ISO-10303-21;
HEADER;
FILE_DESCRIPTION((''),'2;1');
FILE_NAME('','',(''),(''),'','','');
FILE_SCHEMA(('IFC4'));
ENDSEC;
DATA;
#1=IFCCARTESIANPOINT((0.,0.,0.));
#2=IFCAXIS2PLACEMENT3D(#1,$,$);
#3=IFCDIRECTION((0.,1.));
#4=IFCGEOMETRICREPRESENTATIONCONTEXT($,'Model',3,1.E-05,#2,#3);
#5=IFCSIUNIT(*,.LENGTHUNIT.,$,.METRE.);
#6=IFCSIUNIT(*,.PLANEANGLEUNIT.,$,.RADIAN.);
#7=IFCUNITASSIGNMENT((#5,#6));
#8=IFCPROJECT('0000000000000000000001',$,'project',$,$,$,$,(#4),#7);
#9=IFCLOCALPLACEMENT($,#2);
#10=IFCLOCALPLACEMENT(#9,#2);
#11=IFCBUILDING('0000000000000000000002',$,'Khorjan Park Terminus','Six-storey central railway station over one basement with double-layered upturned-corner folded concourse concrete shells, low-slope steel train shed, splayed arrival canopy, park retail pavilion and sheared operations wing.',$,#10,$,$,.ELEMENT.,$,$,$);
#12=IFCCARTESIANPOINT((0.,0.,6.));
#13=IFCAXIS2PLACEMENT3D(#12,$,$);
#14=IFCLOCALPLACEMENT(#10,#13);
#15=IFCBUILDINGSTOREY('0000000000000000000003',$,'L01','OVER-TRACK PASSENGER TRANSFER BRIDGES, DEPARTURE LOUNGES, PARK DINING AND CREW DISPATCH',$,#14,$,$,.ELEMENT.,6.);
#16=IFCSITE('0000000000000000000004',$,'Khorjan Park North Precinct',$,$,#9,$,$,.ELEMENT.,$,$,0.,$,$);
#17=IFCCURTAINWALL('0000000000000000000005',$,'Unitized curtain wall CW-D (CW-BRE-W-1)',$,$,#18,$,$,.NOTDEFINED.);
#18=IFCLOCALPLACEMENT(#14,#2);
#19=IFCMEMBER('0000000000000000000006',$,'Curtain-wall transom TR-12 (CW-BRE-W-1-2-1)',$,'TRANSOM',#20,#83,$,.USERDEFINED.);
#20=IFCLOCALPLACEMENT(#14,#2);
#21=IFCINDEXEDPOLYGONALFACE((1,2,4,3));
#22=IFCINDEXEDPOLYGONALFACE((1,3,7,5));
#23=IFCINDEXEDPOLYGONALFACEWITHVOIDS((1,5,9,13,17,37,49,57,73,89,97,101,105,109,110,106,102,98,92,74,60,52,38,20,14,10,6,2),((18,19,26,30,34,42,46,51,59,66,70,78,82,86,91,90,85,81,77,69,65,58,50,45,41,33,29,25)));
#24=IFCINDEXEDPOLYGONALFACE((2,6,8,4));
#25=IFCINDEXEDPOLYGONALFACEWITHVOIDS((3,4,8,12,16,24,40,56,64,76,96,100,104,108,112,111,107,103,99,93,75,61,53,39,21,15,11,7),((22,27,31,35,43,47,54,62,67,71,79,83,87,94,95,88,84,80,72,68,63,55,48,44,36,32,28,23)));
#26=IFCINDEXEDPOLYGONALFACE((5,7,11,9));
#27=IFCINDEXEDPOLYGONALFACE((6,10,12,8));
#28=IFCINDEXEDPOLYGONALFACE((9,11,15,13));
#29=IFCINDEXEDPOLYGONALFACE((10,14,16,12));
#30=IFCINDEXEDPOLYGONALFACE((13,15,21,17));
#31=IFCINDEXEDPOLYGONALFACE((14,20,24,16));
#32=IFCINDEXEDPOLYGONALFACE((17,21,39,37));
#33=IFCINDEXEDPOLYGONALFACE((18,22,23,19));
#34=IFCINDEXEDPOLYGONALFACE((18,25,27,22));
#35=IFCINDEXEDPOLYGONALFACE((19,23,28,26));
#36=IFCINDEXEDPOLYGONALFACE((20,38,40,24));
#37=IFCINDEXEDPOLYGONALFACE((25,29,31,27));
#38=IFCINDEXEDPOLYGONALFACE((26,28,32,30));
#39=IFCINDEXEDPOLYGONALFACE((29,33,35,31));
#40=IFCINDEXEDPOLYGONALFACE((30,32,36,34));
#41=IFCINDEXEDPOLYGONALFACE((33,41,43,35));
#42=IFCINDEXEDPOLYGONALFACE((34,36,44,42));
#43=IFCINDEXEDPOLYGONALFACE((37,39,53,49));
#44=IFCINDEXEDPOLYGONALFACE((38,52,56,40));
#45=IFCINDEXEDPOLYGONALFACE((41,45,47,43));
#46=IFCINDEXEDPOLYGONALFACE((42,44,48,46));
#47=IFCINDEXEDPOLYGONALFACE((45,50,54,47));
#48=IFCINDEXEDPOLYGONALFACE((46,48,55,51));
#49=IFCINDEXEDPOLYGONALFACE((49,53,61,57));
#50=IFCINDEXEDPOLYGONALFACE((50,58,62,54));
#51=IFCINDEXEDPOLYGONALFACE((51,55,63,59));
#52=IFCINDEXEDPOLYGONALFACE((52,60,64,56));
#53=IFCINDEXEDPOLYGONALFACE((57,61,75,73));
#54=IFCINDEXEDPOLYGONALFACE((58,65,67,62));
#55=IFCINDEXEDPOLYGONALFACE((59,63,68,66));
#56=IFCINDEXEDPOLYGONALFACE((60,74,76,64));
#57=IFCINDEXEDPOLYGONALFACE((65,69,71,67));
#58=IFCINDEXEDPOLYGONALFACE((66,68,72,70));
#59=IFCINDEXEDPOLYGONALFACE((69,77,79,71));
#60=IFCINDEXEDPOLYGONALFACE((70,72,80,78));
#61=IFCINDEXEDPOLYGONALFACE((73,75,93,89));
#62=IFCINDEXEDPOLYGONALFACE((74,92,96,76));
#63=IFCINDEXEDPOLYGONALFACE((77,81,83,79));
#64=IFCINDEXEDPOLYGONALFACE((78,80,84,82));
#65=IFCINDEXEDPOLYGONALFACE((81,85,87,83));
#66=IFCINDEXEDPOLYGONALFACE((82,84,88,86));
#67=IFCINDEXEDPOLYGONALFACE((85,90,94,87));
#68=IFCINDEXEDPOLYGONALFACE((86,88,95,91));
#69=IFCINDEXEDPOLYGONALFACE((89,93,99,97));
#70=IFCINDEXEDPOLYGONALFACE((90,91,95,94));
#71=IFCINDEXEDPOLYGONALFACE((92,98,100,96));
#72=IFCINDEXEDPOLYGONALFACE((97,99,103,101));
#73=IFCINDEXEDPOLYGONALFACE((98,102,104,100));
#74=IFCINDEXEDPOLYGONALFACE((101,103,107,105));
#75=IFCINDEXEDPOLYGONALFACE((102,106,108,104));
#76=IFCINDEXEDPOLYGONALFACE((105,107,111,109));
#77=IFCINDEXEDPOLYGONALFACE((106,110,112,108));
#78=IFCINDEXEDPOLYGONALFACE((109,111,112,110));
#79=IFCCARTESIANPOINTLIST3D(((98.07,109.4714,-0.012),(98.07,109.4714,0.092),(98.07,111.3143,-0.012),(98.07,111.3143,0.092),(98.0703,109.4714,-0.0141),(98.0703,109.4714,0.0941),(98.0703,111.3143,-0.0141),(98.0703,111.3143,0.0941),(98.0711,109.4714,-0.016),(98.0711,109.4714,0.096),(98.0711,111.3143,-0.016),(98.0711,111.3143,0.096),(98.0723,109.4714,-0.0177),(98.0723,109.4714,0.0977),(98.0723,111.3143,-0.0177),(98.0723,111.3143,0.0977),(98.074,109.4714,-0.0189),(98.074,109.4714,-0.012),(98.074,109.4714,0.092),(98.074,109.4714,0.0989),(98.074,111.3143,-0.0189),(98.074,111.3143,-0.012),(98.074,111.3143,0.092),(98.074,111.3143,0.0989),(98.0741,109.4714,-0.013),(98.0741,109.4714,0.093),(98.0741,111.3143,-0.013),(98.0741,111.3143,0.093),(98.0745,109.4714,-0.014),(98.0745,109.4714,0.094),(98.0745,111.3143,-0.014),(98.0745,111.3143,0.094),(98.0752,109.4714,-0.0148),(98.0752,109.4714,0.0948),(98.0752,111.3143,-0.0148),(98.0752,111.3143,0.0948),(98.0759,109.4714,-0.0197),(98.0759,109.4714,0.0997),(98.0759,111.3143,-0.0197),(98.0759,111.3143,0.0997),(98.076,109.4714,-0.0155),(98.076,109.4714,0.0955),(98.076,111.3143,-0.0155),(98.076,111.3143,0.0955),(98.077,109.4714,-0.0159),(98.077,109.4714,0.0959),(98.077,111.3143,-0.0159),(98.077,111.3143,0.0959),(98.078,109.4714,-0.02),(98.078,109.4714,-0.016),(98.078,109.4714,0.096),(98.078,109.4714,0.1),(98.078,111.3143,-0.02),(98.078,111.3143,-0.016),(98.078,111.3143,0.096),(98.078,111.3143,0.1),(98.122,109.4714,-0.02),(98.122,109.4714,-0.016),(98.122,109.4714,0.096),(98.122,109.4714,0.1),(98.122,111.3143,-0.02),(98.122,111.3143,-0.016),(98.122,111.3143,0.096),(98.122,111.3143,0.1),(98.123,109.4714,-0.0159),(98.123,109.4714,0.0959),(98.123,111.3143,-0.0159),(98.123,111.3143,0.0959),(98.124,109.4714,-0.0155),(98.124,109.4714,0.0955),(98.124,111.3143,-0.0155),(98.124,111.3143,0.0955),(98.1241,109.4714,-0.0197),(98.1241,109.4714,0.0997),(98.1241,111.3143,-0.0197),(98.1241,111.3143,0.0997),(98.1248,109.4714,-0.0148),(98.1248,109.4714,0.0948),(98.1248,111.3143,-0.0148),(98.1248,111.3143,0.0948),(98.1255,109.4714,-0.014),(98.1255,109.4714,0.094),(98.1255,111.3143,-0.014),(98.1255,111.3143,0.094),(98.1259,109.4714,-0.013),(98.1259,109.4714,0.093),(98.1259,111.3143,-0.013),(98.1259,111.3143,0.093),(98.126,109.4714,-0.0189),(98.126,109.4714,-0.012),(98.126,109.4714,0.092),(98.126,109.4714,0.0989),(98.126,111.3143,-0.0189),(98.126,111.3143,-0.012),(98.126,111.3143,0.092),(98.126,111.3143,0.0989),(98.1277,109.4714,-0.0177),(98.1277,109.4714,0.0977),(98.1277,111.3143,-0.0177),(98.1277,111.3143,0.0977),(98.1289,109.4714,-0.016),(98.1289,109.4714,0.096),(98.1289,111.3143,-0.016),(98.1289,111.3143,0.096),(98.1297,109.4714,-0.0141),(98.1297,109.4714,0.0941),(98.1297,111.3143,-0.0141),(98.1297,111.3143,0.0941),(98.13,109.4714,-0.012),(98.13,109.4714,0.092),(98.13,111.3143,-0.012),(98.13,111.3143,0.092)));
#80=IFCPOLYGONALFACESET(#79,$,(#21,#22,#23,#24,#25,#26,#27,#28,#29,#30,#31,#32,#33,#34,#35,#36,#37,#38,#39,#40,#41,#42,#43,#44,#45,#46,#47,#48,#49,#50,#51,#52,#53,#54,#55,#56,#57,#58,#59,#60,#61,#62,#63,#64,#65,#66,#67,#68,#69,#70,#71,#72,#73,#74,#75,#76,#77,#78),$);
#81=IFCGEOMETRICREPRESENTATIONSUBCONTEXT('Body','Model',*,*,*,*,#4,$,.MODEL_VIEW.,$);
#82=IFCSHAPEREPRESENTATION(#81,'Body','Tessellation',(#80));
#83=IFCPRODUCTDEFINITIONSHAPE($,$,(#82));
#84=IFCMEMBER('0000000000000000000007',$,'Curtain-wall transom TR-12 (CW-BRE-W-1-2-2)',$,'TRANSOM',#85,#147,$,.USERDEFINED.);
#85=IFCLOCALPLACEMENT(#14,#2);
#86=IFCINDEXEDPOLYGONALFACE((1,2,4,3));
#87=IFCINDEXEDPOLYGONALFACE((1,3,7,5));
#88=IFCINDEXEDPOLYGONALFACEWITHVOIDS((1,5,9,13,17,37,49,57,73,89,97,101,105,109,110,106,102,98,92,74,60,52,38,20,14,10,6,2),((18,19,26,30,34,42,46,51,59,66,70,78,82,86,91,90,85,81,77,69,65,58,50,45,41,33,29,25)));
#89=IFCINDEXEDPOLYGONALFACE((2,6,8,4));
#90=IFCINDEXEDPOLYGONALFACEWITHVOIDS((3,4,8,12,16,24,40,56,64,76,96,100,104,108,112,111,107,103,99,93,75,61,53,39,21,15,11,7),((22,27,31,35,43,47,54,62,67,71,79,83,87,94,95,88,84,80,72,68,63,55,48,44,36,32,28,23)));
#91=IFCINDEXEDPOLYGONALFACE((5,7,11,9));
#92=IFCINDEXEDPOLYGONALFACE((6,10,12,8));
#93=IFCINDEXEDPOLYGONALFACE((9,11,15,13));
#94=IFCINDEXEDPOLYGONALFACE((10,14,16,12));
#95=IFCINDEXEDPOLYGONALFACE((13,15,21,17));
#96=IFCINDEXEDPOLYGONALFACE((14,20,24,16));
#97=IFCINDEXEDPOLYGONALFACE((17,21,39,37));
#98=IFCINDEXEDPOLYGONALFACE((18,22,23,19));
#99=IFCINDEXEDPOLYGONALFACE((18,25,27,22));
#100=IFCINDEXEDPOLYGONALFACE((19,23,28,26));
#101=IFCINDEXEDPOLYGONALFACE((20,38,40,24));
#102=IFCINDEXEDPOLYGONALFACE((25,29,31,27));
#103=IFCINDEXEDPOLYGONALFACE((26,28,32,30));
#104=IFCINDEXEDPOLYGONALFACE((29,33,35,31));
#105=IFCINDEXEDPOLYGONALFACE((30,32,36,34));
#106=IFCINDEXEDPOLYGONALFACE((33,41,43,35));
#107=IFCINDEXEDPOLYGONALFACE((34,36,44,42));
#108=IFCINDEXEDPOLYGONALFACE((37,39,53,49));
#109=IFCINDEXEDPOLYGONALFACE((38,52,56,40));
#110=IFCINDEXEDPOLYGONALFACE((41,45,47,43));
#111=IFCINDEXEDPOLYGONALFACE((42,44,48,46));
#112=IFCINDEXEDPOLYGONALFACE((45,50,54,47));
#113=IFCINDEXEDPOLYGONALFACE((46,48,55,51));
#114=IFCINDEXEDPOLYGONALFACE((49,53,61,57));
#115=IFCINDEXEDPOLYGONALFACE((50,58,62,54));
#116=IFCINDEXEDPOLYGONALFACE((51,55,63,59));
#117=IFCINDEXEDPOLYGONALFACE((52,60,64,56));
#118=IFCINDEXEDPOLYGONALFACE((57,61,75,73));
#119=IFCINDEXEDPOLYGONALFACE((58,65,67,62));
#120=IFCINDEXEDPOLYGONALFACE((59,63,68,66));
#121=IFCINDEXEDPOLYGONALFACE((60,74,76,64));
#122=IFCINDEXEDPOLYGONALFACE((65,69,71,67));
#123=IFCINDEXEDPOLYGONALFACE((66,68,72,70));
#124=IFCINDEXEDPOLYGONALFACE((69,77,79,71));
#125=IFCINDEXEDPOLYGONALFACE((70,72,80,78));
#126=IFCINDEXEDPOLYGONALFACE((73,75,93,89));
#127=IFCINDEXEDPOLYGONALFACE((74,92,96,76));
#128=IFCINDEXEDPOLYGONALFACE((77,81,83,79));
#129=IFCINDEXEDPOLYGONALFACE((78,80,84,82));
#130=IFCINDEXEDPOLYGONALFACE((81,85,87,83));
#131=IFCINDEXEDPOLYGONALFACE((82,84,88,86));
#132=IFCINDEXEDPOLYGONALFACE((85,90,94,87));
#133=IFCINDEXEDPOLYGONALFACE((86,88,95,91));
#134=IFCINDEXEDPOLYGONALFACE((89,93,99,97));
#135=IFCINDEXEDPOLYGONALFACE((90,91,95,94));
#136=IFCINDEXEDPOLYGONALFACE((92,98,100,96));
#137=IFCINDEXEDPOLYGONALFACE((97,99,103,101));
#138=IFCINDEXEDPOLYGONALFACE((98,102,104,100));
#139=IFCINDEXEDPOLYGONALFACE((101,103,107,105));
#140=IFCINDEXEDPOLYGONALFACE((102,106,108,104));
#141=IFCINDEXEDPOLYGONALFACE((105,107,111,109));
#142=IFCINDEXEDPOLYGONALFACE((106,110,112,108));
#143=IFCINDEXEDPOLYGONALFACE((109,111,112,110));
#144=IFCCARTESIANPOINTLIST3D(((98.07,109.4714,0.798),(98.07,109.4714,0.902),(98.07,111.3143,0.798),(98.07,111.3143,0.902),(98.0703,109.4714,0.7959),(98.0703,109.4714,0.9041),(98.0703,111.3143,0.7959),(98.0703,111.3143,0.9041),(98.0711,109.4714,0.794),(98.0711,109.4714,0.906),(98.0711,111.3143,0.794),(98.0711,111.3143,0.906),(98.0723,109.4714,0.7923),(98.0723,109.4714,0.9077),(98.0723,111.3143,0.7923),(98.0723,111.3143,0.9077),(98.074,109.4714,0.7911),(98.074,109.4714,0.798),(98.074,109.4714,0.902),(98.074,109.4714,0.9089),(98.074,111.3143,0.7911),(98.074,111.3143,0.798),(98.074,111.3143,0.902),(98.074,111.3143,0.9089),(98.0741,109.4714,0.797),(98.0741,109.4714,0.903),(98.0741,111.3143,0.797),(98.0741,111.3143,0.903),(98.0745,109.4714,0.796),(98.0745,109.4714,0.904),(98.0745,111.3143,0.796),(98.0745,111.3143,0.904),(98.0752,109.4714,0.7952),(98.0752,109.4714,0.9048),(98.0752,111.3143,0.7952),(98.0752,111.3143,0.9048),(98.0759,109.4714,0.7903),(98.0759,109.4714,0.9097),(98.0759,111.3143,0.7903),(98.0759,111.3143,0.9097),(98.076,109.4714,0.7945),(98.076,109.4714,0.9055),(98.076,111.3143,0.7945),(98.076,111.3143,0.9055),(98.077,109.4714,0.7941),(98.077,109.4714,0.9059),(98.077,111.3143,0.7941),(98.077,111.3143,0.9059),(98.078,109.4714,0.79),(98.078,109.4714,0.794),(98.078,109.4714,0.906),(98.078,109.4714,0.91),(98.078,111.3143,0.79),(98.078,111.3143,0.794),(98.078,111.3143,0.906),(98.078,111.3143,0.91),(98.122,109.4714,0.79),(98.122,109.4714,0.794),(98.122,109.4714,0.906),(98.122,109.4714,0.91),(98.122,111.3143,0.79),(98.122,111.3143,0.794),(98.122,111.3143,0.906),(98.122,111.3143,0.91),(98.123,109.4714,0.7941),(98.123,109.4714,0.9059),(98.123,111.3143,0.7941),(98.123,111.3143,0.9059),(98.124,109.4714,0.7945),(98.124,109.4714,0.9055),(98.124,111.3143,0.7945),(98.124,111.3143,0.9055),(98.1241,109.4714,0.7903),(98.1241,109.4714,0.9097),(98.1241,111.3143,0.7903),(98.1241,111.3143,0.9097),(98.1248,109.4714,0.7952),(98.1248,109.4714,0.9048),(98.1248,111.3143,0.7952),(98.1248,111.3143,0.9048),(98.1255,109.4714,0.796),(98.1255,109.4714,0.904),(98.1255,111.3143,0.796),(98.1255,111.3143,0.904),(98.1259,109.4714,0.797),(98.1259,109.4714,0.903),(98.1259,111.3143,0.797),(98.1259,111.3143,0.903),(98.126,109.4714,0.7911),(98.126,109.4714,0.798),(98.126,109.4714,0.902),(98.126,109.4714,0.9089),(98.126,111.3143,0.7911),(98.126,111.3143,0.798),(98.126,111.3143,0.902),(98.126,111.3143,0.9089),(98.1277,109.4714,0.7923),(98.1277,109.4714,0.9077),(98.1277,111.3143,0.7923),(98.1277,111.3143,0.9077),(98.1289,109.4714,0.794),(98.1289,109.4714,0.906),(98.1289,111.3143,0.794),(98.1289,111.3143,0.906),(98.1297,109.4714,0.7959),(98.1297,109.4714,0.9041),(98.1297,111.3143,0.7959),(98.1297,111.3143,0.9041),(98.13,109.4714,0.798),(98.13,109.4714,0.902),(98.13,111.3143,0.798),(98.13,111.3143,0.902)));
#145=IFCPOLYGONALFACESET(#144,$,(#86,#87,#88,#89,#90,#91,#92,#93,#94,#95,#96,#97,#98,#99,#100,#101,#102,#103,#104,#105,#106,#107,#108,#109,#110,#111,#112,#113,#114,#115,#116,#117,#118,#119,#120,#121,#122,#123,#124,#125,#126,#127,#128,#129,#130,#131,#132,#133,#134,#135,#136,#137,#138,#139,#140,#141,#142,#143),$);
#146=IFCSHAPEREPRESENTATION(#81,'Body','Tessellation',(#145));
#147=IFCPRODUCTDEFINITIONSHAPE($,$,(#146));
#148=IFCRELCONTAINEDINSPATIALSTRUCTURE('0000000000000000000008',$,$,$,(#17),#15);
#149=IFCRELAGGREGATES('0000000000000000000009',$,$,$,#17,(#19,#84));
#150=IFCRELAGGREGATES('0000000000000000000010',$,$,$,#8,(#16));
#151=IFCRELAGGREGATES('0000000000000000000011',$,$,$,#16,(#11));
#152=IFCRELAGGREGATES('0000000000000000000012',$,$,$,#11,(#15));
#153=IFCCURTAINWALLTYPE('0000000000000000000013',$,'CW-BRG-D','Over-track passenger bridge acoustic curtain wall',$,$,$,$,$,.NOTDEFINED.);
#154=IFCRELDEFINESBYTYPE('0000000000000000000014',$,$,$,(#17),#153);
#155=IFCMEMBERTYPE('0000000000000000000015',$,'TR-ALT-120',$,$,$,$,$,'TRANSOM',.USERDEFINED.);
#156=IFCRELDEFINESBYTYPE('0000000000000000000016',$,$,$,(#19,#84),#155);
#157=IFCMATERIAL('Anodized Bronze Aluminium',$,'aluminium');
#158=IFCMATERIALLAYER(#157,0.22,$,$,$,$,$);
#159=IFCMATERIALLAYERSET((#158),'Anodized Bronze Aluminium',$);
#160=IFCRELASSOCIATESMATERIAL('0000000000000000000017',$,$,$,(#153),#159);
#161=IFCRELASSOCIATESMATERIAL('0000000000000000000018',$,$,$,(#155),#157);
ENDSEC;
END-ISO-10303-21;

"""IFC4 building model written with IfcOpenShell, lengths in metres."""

from ifc_helpers import new_model, si_unit, direction, frame, origin, origin_2d, place, context, subcontext, project, spatial, hollow_rectangle, extrude, material, layer, layer_set, material_profile, profile_set, type_object, element, aggregate, save


model = new_model("IFC4")

# Units and contexts
model_context = context("Model", 3, precision=1e-05, world=origin(), true_north=direction((0.0, 1.0)))
body_context = subcontext(model_context, "Body", "Model", "MODEL_VIEW")
ifc_project = project(units=[si_unit("LENGTHUNIT", "METRE"), si_unit("PLANEANGLEUNIT", "RADIAN")], contexts=[model_context])

# Site, building, storey
site_placement = place(None, origin())
site = spatial("IfcSite", under=ifc_project, at=site_placement, Name="Khorjan Park North Precinct", CompositionType="ELEMENT", RefElevation=0.0)
building_placement = place(site_placement, origin())
building = spatial("IfcBuilding", under=site, at=building_placement, Name="Khorjan Park Terminus", Description="Six-storey central railway station over one basement with double-layered upturned-corner folded concourse concrete shells, low-slope steel train shed, splayed arrival canopy, park retail pavilion and sheared operations wing.", CompositionType="ELEMENT")
storey_placement = place(building_placement, frame((0.0, 0.0, 6.0)))
storey = spatial("IfcBuildingStorey", under=building, at=storey_placement, Name="L01", Description="OVER-TRACK PASSENGER TRANSFER BRIDGES, DEPARTURE LOUNGES, PARK DINING AND CREW DISPATCH", CompositionType="ELEMENT", Elevation=6.0)

# Shared definitions
ifc_material_1 = material(Name="Anodized Bronze Aluminium", Category="aluminium")
ifc_layer_1 = layer(ifc_material_1, 0.22)
ifc_layer_set_1 = layer_set([ifc_layer_1], Name="Anodized Bronze Aluminium")
curtain_wall_type = type_object("IfcCurtainWallType", Name="CW-BRG-D", Description="Over-track passenger bridge acoustic curtain wall", PredefinedType="NOTDEFINED", material=ifc_layer_set_1)

# Curtain wall
curtain_wall_1_placement = place(storey_placement, origin())
curtain_wall_1 = element("IfcCurtainWall", 1, at=curtain_wall_1_placement, inside=storey, type_object=curtain_wall_type, Name="Unitized curtain wall CW-D (CW-BRE-W-1)", PredefinedType="NOTDEFINED")

# Members
ifc_material_profile_1 = material_profile(ifc_material_1, hollow_rectangle(XDim=0.06, YDim=0.12, WallThickness=0.004, InnerFilletRadius=0.004, OuterFilletRadius=0.008, at=origin_2d()), Name="ALT 60x120x4")
ifc_profile_set_1 = profile_set([ifc_material_profile_1], Name="Anodized Bronze Aluminium")
member_type_1 = type_object("IfcMemberType", Name="TR-ALT-120", ElementType="TRANSOM", PredefinedType="USERDEFINED", material=ifc_profile_set_1)
member_1_placement = place(storey_placement, frame((98.1, 111.3143, 0.04), z_axis=(0.0, -1.0, 0.0), x_axis=(1.0, 0.0, 0.0)))
member_1 = element("IfcMember", 2, at=member_1_placement, type_object=member_type_1, Name="Curtain-wall transom TR-12 (CW-BRE-W-1-2-1)", ObjectType="TRANSOM", PredefinedType="USERDEFINED", context=body_context, shape_type="SweptSolid", body=[
    extrude(hollow_rectangle(XDim=0.06, YDim=0.12, WallThickness=0.004, InnerFilletRadius=0.004, OuterFilletRadius=0.008, at=origin_2d()), origin(), (0.0, 0.0, 1.0), 1.8429),
])
member_2_placement = place(storey_placement, frame((98.1, 111.3143, 0.85), z_axis=(0.0, -1.0, 0.0), x_axis=(1.0, 0.0, 0.0)))
member_2 = element("IfcMember", 3, at=member_2_placement, type_object=member_type_1, Name="Curtain-wall transom TR-12 (CW-BRE-W-1-2-2)", ObjectType="TRANSOM", PredefinedType="USERDEFINED", context=body_context, shape_type="SweptSolid", body=[
    extrude(hollow_rectangle(XDim=0.06, YDim=0.12, WallThickness=0.004, InnerFilletRadius=0.004, OuterFilletRadius=0.008, at=origin_2d()), origin(), (0.0, 0.0, 1.0), 1.8429),
])

aggregate(curtain_wall_1, [member_1, member_2])

save(model, "model.ifc")
